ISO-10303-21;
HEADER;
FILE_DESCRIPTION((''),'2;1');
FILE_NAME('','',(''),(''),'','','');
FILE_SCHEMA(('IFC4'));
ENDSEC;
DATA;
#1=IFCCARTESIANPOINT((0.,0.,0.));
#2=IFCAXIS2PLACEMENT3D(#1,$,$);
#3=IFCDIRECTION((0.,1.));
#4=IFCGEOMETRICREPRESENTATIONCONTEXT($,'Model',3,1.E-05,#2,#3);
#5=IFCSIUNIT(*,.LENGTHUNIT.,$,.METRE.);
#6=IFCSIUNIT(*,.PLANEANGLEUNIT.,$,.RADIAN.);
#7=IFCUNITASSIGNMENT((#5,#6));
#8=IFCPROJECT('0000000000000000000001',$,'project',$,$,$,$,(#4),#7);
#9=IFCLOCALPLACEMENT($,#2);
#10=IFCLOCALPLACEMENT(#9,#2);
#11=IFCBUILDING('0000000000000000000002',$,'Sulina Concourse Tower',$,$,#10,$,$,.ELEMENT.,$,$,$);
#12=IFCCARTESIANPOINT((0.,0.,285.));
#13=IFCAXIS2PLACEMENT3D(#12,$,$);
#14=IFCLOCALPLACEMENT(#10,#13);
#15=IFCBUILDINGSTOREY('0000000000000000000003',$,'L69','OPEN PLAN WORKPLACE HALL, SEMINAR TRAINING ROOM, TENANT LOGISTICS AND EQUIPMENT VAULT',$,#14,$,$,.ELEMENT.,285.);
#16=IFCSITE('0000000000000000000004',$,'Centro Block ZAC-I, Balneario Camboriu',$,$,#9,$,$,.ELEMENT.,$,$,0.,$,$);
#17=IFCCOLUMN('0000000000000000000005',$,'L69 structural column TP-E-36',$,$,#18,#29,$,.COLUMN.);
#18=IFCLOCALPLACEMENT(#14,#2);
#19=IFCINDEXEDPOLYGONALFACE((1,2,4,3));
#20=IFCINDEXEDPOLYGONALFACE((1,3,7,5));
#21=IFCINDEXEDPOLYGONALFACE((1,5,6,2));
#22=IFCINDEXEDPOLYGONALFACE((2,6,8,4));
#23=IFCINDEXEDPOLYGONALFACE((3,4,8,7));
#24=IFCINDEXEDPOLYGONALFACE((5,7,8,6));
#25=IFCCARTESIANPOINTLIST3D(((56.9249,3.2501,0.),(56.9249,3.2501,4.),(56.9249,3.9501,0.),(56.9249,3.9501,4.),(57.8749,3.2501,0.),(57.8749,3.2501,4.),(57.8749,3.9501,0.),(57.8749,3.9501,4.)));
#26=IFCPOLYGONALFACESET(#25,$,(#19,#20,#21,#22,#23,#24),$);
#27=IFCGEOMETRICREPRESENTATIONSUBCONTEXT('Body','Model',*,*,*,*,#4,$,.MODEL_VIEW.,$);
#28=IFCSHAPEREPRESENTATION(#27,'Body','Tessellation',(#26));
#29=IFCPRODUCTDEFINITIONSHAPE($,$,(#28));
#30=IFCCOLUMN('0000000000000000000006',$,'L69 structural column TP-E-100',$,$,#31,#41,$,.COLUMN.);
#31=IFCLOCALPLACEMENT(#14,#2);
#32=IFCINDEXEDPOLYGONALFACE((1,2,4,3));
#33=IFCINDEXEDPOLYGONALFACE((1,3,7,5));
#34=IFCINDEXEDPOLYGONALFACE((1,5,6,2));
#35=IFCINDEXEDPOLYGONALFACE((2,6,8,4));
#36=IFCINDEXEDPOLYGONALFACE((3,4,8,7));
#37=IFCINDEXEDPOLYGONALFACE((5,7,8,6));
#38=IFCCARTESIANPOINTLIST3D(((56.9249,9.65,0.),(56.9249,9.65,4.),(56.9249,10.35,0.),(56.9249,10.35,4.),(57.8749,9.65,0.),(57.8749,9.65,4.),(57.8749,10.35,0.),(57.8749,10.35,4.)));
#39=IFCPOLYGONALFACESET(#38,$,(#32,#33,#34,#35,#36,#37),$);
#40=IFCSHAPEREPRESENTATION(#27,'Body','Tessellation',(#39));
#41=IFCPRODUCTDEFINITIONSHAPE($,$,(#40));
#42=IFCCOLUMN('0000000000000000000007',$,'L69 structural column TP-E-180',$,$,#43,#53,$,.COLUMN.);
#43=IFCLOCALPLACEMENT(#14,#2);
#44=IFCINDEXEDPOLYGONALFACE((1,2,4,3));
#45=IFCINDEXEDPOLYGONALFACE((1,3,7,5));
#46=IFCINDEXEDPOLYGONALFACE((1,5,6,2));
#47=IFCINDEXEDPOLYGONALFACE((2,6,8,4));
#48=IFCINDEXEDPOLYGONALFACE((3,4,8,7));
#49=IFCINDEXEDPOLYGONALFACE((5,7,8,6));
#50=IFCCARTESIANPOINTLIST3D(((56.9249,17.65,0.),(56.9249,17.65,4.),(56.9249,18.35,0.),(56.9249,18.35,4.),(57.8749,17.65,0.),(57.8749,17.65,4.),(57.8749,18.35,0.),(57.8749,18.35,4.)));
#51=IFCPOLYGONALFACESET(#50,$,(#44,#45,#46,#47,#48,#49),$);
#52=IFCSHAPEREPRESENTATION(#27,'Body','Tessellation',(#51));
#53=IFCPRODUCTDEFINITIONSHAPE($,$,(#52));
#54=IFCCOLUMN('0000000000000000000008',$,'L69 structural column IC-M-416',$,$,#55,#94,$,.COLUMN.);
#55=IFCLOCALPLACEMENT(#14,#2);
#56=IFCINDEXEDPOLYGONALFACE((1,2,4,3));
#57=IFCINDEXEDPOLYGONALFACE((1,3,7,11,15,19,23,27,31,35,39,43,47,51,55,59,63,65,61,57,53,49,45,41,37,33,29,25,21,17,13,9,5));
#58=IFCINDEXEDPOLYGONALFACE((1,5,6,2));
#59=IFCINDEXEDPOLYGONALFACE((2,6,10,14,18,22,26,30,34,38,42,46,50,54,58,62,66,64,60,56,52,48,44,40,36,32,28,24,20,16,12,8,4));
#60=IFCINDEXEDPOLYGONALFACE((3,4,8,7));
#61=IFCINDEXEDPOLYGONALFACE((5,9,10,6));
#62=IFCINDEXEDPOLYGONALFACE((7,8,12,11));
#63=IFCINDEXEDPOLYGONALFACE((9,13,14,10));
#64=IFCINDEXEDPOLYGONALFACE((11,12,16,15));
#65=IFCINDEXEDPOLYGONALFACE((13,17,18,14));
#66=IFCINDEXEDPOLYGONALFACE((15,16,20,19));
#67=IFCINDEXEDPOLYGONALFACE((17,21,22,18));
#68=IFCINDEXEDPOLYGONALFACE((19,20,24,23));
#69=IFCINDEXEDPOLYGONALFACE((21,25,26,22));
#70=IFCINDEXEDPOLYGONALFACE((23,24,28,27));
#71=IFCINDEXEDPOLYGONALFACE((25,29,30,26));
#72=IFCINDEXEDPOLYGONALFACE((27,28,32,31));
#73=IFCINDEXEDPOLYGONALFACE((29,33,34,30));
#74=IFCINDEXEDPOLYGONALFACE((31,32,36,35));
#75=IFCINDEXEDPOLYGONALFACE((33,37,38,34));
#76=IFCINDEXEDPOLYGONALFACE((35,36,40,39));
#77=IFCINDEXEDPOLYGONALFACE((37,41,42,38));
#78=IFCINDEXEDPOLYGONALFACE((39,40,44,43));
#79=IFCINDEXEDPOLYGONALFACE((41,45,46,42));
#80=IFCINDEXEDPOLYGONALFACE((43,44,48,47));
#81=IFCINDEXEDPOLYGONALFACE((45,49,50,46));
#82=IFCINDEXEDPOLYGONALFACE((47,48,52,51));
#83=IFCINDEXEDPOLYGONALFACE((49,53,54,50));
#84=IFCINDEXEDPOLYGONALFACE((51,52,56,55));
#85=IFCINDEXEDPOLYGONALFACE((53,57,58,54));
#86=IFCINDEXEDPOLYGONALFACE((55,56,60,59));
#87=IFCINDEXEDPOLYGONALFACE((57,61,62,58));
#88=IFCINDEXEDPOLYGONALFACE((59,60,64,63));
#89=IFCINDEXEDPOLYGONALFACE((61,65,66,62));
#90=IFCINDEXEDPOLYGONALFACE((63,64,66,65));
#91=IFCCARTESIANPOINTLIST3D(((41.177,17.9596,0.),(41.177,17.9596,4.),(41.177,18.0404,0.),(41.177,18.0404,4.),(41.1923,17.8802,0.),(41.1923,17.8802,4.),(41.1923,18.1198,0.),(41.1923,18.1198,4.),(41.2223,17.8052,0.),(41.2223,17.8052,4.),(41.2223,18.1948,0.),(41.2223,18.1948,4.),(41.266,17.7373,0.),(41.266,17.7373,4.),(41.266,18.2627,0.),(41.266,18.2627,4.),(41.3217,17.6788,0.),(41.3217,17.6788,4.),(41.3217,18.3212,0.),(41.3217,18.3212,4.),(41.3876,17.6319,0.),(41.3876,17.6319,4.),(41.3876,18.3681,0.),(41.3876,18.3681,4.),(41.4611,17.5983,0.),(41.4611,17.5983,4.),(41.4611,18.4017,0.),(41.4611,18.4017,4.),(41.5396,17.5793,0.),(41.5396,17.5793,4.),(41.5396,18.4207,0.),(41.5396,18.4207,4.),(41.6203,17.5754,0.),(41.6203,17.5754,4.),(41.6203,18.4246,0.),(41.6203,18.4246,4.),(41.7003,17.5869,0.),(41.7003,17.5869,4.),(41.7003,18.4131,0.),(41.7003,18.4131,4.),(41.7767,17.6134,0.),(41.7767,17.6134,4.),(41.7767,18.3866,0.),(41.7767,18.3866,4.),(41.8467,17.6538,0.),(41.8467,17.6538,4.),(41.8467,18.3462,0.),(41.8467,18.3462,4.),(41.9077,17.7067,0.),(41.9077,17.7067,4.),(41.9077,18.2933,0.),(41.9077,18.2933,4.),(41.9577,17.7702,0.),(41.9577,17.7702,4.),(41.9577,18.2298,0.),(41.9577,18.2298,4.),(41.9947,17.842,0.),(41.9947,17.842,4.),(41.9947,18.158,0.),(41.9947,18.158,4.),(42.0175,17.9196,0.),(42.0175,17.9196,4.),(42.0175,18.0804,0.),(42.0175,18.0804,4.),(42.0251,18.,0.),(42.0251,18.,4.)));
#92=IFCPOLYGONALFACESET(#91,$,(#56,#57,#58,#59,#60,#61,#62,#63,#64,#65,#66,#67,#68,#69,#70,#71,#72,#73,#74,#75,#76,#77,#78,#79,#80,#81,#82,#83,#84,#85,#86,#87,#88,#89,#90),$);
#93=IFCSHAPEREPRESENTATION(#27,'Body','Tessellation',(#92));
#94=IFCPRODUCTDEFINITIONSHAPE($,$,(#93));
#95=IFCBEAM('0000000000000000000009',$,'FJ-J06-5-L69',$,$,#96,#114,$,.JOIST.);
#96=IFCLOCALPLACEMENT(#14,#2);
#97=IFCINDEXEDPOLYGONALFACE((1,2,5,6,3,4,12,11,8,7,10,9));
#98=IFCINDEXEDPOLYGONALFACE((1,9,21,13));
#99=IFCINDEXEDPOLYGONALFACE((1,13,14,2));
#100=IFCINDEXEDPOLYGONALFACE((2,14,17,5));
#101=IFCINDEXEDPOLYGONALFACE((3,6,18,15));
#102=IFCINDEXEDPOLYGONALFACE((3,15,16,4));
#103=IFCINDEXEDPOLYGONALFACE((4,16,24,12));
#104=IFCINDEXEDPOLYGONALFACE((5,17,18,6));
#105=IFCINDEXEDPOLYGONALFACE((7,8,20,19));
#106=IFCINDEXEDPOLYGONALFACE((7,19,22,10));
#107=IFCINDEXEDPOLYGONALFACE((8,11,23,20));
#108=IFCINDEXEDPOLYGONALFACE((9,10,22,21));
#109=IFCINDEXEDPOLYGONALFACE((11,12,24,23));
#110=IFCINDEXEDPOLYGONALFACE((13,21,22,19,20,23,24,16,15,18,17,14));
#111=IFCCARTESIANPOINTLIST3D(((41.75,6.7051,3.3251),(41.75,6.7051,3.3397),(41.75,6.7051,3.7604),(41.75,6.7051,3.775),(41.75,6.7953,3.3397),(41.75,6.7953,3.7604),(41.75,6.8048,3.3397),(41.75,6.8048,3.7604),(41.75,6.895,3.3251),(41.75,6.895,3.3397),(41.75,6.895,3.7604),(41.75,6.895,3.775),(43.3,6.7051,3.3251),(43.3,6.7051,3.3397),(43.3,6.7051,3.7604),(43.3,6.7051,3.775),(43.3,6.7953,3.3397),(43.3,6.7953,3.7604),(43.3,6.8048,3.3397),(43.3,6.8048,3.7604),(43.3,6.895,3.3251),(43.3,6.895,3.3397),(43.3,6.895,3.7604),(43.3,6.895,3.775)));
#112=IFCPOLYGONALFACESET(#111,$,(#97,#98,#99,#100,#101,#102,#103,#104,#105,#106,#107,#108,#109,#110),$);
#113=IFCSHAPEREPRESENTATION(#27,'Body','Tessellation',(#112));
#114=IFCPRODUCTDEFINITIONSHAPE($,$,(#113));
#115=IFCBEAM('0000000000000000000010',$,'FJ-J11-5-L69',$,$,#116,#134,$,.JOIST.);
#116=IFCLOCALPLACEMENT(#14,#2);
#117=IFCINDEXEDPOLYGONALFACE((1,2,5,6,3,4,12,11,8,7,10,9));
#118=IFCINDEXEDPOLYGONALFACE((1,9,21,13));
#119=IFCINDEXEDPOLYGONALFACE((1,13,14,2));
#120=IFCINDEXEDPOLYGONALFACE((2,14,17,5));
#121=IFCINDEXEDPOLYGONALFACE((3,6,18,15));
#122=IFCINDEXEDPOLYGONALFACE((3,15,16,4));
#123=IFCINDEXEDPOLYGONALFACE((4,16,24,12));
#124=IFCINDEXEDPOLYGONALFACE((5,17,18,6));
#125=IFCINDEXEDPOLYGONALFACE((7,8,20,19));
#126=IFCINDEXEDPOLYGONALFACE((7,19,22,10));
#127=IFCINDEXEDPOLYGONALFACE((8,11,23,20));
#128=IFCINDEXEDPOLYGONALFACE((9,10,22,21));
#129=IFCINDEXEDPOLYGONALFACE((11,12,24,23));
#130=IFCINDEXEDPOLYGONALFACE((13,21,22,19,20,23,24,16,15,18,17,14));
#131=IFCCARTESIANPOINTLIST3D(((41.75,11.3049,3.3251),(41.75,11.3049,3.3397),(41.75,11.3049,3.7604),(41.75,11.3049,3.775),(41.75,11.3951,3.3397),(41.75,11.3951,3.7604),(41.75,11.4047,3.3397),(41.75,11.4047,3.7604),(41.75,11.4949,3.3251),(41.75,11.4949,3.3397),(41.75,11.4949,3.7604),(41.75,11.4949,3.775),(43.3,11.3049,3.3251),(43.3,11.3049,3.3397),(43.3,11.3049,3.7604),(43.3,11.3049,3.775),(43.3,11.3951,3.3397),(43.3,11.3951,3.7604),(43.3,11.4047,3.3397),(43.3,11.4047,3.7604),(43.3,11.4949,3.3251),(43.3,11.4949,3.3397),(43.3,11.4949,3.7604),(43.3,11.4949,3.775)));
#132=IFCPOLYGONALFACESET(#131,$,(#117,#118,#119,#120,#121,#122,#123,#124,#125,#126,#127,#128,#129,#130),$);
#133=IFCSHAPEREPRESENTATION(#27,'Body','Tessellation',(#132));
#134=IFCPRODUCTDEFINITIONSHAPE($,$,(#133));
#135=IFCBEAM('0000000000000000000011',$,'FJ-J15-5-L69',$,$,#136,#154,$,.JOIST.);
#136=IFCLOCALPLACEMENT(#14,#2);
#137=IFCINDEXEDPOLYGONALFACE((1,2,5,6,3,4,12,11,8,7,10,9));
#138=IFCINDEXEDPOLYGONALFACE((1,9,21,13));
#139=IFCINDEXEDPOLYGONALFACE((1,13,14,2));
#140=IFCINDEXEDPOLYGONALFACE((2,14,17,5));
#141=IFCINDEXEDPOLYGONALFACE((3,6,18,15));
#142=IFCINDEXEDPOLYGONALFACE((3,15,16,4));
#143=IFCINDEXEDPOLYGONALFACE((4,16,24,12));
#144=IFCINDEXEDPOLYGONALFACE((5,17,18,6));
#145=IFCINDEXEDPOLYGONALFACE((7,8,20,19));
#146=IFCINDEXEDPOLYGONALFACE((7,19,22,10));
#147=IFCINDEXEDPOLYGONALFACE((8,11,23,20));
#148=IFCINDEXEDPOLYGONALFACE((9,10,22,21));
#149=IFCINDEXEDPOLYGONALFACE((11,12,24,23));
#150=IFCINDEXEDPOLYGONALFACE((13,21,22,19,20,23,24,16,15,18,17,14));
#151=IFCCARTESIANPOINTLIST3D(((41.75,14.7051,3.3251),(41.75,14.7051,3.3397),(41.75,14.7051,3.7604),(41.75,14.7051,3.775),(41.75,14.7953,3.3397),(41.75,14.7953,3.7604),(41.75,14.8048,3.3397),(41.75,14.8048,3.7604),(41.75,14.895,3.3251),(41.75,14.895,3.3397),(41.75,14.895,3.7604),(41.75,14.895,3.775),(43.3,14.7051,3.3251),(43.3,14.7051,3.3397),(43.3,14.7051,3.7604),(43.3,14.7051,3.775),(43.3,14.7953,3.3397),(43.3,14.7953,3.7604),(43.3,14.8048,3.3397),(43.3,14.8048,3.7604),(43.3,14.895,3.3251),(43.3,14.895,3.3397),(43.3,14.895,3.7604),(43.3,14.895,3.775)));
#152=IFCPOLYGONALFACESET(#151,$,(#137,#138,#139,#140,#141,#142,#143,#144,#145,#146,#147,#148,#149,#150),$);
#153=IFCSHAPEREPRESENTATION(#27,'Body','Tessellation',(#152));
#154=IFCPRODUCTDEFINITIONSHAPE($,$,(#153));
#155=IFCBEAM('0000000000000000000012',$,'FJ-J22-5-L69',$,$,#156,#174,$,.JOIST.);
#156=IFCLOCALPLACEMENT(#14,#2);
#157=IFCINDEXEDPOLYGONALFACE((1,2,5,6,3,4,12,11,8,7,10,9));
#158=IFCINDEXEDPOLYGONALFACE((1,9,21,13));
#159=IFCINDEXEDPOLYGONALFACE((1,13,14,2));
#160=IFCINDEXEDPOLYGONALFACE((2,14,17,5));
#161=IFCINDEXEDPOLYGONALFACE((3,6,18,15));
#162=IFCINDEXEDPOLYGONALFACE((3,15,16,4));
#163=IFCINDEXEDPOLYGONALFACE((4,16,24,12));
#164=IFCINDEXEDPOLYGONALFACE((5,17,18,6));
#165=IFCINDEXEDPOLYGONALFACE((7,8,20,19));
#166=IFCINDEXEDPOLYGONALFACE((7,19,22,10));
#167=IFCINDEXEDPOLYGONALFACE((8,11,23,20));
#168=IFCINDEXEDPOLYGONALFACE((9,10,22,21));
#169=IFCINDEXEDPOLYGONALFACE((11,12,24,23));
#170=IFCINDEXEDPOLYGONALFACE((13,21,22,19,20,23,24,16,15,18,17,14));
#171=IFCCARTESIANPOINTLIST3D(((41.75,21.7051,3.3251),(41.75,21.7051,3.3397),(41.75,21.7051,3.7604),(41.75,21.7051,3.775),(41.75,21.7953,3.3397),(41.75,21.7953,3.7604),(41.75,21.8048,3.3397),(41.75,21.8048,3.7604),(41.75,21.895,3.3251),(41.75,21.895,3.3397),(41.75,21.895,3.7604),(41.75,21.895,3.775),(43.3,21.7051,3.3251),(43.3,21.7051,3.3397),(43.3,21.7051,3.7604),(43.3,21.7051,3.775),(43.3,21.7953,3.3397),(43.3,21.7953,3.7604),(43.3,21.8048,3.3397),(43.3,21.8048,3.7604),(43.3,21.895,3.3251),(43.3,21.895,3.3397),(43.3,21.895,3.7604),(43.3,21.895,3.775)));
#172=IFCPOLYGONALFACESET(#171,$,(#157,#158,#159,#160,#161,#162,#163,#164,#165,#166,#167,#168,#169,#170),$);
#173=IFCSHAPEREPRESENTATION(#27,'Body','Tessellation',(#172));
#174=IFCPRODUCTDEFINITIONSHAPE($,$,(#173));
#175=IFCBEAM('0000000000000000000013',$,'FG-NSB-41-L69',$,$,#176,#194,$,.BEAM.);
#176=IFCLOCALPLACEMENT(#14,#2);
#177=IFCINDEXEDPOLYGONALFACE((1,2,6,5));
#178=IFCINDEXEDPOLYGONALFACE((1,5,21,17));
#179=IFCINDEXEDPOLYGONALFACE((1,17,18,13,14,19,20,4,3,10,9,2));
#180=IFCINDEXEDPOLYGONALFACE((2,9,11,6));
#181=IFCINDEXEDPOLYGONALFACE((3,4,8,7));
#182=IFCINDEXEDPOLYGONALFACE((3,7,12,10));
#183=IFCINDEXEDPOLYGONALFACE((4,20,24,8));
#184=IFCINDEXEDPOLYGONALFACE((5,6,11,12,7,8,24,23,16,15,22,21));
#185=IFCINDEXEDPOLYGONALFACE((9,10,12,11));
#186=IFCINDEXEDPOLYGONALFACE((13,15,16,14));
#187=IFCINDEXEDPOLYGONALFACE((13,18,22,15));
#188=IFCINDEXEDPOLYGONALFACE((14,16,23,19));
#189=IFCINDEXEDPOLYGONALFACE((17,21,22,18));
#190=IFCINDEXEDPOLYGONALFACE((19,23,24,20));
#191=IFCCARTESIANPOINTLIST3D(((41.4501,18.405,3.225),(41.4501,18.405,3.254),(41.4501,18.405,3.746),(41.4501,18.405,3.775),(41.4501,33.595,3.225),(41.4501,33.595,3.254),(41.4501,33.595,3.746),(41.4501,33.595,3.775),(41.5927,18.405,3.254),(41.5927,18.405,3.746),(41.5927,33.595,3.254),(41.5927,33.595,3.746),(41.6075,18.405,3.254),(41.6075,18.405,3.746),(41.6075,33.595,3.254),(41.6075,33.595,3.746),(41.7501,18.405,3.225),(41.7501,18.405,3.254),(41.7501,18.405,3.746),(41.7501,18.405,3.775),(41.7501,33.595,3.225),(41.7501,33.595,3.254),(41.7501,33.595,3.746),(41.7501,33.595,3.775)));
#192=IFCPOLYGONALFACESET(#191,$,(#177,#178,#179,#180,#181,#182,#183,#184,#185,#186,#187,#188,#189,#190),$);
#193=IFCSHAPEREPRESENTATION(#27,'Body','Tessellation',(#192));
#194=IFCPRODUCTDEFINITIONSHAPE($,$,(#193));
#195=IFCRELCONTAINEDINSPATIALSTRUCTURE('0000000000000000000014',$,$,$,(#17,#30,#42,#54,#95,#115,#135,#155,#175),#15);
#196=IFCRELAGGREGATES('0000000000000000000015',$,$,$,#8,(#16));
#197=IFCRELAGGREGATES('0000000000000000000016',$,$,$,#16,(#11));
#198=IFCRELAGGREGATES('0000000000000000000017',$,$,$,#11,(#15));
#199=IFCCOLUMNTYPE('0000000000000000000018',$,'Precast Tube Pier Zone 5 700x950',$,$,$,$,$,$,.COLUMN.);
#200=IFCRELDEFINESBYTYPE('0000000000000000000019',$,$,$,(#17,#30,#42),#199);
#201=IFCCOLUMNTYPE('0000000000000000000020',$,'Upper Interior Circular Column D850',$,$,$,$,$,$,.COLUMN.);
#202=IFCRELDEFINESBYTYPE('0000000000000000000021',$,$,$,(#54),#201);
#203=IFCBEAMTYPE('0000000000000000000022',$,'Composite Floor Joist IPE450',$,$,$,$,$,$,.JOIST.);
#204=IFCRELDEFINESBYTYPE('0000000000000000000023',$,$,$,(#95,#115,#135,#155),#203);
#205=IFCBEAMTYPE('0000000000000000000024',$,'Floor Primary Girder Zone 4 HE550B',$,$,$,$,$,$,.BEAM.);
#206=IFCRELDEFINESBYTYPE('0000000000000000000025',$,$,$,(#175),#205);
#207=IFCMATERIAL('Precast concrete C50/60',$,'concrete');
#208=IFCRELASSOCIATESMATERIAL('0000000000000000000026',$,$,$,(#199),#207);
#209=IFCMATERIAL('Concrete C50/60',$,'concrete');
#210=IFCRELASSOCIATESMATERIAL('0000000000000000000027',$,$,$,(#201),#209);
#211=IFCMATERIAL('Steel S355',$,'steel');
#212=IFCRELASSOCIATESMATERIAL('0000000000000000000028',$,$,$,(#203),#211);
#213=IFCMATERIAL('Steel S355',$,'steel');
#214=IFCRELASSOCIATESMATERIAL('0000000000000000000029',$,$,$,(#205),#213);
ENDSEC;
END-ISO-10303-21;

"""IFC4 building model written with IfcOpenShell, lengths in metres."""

from ifc_helpers import new_model, si_unit, direction, frame, origin, origin_2d, place, context, subcontext, project, spatial, rectangle, circle, i_section, extrude, material, material_profile, profile_set, type_object, element, save


model = new_model("IFC4")

# Units and contexts
model_context = context("Model", 3, precision=1e-05, world=origin(), true_north=direction((0.0, 1.0)))
body_context = subcontext(model_context, "Body", "Model", "MODEL_VIEW")
ifc_project = project(units=[si_unit("LENGTHUNIT", "METRE"), si_unit("PLANEANGLEUNIT", "RADIAN")], contexts=[model_context])

# Site, building, storey
site_placement = place(None, origin())
site = spatial("IfcSite", under=ifc_project, at=site_placement, Name="Centro Block ZAC-I, Balneario Camboriu", CompositionType="ELEMENT", RefElevation=0.0)
building_placement = place(site_placement, origin())
building = spatial("IfcBuilding", under=site, at=building_placement, Name="Sulina Concourse Tower", CompositionType="ELEMENT")
storey_placement = place(building_placement, frame((0.0, 0.0, 285.0)))
storey = spatial("IfcBuildingStorey", under=building, at=storey_placement, Name="L69", Description="OPEN PLAN WORKPLACE HALL, SEMINAR TRAINING ROOM, TENANT LOGISTICS AND EQUIPMENT VAULT", CompositionType="ELEMENT", Elevation=285.0)

# Columns
ifc_material_1 = material(Name="Precast concrete C50/60", Category="concrete")
ifc_material_profile_1 = material_profile(ifc_material_1, rectangle(XDim=0.7, YDim=0.95, at=origin_2d()), Name="PC 700x950")
ifc_profile_set_1 = profile_set([ifc_material_profile_1], Name="Precast concrete C50/60")
column_type_1 = type_object("IfcColumnType", Name="Precast Tube Pier Zone 5 700x950", PredefinedType="COLUMN", material=ifc_profile_set_1)
for number, where, z_axis, x_axis, name in (
    (1, (57.3999, 3.6001, 0.0), (0.0, 0.0, 1.0), (0.0, 1.0, 0.0), "L69 structural column TP-E-36"),
    (2, (57.3999, 10.0, 0.0), (0.0, 0.0, 1.0), (0.0, 1.0, 0.0), "L69 structural column TP-E-100"),
    (3, (57.3999, 18.0, 0.0), (0.0, 0.0, 1.0), (0.0, 1.0, 0.0), "L69 structural column TP-E-180"),
):
    element("IfcColumn", number, at=place(storey_placement, frame(where, z_axis=z_axis, x_axis=x_axis)), inside=storey, type_object=column_type_1, Name=name, PredefinedType="COLUMN", context=body_context, shape_type="SweptSolid", body=[
        extrude(rectangle(XDim=0.7, YDim=0.95, at=origin_2d()), origin(), (0.0, 0.0, 1.0), 4.0),
    ])
ifc_material_2 = material(Name="Concrete C50/60", Category="concrete")
ifc_material_profile_2 = material_profile(ifc_material_2, circle(Radius=0.425, at=origin_2d()), Name="RC D850")
ifc_profile_set_2 = profile_set([ifc_material_profile_2], Name="Concrete C50/60")
column_type_2 = type_object("IfcColumnType", Name="Upper Interior Circular Column D850", PredefinedType="COLUMN", material=ifc_profile_set_2)
column_placement = place(storey_placement, frame((41.6001, 18.0, 0.0), z_axis=(0.0, 0.0, 1.0), x_axis=(1.0, 0.0, 0.0)))
element("IfcColumn", 4, at=column_placement, inside=storey, type_object=column_type_2, Name="L69 structural column IC-M-416", PredefinedType="COLUMN", context=body_context, shape_type="SweptSolid", body=[
    extrude(circle(Radius=0.425, at=origin_2d()), origin(), (0.0, 0.0, 1.0), 4.0),
])

# Beams
ifc_material_3 = material(Name="Steel S355", Category="steel")
ifc_material_profile_3 = material_profile(ifc_material_3, i_section(OverallWidth=0.1899, OverallDepth=0.45, WebThickness=0.0095, FlangeThickness=0.0146, at=origin_2d()), Name="IPE 450")
ifc_profile_set_3 = profile_set([ifc_material_profile_3], Name="Steel S355")
beam_type_1 = type_object("IfcBeamType", Name="Composite Floor Joist IPE450", PredefinedType="JOIST", material=ifc_profile_set_3)
for number, where, z_axis, x_axis, name in (
    (5, (41.75, 6.8, 3.55), (1.0, 0.0, 0.0), (0.0, 1.0, 0.0), "FJ-J06-5-L69"),
    (6, (41.75, 11.3999, 3.55), (1.0, 0.0, 0.0), (0.0, 1.0, 0.0), "FJ-J11-5-L69"),
    (7, (41.75, 14.8, 3.55), (1.0, 0.0, 0.0), (0.0, 1.0, 0.0), "FJ-J15-5-L69"),
    (8, (41.75, 21.8, 3.55), (1.0, 0.0, 0.0), (0.0, 1.0, 0.0), "FJ-J22-5-L69"),
):
    element("IfcBeam", number, at=place(storey_placement, frame(where, z_axis=z_axis, x_axis=x_axis)), inside=storey, type_object=beam_type_1, Name=name, PredefinedType="JOIST", context=body_context, shape_type="SweptSolid", body=[
        extrude(i_section(OverallWidth=0.1899, OverallDepth=0.45, WebThickness=0.0095, FlangeThickness=0.0146, at=origin_2d()), origin(), (0.0, 0.0, 1.0), 1.55),
    ])
ifc_material_4 = material(Name="Steel S355", Category="steel")
ifc_material_profile_4 = material_profile(ifc_material_4, i_section(OverallWidth=0.3, OverallDepth=0.55, WebThickness=0.0149, FlangeThickness=0.0291, at=origin_2d()), Name="HE 550 B")
ifc_profile_set_4 = profile_set([ifc_material_profile_4], Name="Steel S355")
beam_type_2 = type_object("IfcBeamType", Name="Floor Primary Girder Zone 4 HE550B", PredefinedType="BEAM", material=ifc_profile_set_4)
beam_1_placement = place(storey_placement, frame((41.6001, 18.405, 3.5), z_axis=(0.0, 1.0, 0.0), x_axis=(-1.0, 0.0, 0.0)))
element("IfcBeam", 9, at=beam_1_placement, inside=storey, type_object=beam_type_2, Name="FG-NSB-41-L69", PredefinedType="BEAM", context=body_context, shape_type="SweptSolid", body=[
    extrude(i_section(OverallWidth=0.3, OverallDepth=0.55, WebThickness=0.0149, FlangeThickness=0.0291, at=origin_2d()), origin(), (0.0, 0.0, 1.0), 15.1899),
])

save(model, "model.ifc")
